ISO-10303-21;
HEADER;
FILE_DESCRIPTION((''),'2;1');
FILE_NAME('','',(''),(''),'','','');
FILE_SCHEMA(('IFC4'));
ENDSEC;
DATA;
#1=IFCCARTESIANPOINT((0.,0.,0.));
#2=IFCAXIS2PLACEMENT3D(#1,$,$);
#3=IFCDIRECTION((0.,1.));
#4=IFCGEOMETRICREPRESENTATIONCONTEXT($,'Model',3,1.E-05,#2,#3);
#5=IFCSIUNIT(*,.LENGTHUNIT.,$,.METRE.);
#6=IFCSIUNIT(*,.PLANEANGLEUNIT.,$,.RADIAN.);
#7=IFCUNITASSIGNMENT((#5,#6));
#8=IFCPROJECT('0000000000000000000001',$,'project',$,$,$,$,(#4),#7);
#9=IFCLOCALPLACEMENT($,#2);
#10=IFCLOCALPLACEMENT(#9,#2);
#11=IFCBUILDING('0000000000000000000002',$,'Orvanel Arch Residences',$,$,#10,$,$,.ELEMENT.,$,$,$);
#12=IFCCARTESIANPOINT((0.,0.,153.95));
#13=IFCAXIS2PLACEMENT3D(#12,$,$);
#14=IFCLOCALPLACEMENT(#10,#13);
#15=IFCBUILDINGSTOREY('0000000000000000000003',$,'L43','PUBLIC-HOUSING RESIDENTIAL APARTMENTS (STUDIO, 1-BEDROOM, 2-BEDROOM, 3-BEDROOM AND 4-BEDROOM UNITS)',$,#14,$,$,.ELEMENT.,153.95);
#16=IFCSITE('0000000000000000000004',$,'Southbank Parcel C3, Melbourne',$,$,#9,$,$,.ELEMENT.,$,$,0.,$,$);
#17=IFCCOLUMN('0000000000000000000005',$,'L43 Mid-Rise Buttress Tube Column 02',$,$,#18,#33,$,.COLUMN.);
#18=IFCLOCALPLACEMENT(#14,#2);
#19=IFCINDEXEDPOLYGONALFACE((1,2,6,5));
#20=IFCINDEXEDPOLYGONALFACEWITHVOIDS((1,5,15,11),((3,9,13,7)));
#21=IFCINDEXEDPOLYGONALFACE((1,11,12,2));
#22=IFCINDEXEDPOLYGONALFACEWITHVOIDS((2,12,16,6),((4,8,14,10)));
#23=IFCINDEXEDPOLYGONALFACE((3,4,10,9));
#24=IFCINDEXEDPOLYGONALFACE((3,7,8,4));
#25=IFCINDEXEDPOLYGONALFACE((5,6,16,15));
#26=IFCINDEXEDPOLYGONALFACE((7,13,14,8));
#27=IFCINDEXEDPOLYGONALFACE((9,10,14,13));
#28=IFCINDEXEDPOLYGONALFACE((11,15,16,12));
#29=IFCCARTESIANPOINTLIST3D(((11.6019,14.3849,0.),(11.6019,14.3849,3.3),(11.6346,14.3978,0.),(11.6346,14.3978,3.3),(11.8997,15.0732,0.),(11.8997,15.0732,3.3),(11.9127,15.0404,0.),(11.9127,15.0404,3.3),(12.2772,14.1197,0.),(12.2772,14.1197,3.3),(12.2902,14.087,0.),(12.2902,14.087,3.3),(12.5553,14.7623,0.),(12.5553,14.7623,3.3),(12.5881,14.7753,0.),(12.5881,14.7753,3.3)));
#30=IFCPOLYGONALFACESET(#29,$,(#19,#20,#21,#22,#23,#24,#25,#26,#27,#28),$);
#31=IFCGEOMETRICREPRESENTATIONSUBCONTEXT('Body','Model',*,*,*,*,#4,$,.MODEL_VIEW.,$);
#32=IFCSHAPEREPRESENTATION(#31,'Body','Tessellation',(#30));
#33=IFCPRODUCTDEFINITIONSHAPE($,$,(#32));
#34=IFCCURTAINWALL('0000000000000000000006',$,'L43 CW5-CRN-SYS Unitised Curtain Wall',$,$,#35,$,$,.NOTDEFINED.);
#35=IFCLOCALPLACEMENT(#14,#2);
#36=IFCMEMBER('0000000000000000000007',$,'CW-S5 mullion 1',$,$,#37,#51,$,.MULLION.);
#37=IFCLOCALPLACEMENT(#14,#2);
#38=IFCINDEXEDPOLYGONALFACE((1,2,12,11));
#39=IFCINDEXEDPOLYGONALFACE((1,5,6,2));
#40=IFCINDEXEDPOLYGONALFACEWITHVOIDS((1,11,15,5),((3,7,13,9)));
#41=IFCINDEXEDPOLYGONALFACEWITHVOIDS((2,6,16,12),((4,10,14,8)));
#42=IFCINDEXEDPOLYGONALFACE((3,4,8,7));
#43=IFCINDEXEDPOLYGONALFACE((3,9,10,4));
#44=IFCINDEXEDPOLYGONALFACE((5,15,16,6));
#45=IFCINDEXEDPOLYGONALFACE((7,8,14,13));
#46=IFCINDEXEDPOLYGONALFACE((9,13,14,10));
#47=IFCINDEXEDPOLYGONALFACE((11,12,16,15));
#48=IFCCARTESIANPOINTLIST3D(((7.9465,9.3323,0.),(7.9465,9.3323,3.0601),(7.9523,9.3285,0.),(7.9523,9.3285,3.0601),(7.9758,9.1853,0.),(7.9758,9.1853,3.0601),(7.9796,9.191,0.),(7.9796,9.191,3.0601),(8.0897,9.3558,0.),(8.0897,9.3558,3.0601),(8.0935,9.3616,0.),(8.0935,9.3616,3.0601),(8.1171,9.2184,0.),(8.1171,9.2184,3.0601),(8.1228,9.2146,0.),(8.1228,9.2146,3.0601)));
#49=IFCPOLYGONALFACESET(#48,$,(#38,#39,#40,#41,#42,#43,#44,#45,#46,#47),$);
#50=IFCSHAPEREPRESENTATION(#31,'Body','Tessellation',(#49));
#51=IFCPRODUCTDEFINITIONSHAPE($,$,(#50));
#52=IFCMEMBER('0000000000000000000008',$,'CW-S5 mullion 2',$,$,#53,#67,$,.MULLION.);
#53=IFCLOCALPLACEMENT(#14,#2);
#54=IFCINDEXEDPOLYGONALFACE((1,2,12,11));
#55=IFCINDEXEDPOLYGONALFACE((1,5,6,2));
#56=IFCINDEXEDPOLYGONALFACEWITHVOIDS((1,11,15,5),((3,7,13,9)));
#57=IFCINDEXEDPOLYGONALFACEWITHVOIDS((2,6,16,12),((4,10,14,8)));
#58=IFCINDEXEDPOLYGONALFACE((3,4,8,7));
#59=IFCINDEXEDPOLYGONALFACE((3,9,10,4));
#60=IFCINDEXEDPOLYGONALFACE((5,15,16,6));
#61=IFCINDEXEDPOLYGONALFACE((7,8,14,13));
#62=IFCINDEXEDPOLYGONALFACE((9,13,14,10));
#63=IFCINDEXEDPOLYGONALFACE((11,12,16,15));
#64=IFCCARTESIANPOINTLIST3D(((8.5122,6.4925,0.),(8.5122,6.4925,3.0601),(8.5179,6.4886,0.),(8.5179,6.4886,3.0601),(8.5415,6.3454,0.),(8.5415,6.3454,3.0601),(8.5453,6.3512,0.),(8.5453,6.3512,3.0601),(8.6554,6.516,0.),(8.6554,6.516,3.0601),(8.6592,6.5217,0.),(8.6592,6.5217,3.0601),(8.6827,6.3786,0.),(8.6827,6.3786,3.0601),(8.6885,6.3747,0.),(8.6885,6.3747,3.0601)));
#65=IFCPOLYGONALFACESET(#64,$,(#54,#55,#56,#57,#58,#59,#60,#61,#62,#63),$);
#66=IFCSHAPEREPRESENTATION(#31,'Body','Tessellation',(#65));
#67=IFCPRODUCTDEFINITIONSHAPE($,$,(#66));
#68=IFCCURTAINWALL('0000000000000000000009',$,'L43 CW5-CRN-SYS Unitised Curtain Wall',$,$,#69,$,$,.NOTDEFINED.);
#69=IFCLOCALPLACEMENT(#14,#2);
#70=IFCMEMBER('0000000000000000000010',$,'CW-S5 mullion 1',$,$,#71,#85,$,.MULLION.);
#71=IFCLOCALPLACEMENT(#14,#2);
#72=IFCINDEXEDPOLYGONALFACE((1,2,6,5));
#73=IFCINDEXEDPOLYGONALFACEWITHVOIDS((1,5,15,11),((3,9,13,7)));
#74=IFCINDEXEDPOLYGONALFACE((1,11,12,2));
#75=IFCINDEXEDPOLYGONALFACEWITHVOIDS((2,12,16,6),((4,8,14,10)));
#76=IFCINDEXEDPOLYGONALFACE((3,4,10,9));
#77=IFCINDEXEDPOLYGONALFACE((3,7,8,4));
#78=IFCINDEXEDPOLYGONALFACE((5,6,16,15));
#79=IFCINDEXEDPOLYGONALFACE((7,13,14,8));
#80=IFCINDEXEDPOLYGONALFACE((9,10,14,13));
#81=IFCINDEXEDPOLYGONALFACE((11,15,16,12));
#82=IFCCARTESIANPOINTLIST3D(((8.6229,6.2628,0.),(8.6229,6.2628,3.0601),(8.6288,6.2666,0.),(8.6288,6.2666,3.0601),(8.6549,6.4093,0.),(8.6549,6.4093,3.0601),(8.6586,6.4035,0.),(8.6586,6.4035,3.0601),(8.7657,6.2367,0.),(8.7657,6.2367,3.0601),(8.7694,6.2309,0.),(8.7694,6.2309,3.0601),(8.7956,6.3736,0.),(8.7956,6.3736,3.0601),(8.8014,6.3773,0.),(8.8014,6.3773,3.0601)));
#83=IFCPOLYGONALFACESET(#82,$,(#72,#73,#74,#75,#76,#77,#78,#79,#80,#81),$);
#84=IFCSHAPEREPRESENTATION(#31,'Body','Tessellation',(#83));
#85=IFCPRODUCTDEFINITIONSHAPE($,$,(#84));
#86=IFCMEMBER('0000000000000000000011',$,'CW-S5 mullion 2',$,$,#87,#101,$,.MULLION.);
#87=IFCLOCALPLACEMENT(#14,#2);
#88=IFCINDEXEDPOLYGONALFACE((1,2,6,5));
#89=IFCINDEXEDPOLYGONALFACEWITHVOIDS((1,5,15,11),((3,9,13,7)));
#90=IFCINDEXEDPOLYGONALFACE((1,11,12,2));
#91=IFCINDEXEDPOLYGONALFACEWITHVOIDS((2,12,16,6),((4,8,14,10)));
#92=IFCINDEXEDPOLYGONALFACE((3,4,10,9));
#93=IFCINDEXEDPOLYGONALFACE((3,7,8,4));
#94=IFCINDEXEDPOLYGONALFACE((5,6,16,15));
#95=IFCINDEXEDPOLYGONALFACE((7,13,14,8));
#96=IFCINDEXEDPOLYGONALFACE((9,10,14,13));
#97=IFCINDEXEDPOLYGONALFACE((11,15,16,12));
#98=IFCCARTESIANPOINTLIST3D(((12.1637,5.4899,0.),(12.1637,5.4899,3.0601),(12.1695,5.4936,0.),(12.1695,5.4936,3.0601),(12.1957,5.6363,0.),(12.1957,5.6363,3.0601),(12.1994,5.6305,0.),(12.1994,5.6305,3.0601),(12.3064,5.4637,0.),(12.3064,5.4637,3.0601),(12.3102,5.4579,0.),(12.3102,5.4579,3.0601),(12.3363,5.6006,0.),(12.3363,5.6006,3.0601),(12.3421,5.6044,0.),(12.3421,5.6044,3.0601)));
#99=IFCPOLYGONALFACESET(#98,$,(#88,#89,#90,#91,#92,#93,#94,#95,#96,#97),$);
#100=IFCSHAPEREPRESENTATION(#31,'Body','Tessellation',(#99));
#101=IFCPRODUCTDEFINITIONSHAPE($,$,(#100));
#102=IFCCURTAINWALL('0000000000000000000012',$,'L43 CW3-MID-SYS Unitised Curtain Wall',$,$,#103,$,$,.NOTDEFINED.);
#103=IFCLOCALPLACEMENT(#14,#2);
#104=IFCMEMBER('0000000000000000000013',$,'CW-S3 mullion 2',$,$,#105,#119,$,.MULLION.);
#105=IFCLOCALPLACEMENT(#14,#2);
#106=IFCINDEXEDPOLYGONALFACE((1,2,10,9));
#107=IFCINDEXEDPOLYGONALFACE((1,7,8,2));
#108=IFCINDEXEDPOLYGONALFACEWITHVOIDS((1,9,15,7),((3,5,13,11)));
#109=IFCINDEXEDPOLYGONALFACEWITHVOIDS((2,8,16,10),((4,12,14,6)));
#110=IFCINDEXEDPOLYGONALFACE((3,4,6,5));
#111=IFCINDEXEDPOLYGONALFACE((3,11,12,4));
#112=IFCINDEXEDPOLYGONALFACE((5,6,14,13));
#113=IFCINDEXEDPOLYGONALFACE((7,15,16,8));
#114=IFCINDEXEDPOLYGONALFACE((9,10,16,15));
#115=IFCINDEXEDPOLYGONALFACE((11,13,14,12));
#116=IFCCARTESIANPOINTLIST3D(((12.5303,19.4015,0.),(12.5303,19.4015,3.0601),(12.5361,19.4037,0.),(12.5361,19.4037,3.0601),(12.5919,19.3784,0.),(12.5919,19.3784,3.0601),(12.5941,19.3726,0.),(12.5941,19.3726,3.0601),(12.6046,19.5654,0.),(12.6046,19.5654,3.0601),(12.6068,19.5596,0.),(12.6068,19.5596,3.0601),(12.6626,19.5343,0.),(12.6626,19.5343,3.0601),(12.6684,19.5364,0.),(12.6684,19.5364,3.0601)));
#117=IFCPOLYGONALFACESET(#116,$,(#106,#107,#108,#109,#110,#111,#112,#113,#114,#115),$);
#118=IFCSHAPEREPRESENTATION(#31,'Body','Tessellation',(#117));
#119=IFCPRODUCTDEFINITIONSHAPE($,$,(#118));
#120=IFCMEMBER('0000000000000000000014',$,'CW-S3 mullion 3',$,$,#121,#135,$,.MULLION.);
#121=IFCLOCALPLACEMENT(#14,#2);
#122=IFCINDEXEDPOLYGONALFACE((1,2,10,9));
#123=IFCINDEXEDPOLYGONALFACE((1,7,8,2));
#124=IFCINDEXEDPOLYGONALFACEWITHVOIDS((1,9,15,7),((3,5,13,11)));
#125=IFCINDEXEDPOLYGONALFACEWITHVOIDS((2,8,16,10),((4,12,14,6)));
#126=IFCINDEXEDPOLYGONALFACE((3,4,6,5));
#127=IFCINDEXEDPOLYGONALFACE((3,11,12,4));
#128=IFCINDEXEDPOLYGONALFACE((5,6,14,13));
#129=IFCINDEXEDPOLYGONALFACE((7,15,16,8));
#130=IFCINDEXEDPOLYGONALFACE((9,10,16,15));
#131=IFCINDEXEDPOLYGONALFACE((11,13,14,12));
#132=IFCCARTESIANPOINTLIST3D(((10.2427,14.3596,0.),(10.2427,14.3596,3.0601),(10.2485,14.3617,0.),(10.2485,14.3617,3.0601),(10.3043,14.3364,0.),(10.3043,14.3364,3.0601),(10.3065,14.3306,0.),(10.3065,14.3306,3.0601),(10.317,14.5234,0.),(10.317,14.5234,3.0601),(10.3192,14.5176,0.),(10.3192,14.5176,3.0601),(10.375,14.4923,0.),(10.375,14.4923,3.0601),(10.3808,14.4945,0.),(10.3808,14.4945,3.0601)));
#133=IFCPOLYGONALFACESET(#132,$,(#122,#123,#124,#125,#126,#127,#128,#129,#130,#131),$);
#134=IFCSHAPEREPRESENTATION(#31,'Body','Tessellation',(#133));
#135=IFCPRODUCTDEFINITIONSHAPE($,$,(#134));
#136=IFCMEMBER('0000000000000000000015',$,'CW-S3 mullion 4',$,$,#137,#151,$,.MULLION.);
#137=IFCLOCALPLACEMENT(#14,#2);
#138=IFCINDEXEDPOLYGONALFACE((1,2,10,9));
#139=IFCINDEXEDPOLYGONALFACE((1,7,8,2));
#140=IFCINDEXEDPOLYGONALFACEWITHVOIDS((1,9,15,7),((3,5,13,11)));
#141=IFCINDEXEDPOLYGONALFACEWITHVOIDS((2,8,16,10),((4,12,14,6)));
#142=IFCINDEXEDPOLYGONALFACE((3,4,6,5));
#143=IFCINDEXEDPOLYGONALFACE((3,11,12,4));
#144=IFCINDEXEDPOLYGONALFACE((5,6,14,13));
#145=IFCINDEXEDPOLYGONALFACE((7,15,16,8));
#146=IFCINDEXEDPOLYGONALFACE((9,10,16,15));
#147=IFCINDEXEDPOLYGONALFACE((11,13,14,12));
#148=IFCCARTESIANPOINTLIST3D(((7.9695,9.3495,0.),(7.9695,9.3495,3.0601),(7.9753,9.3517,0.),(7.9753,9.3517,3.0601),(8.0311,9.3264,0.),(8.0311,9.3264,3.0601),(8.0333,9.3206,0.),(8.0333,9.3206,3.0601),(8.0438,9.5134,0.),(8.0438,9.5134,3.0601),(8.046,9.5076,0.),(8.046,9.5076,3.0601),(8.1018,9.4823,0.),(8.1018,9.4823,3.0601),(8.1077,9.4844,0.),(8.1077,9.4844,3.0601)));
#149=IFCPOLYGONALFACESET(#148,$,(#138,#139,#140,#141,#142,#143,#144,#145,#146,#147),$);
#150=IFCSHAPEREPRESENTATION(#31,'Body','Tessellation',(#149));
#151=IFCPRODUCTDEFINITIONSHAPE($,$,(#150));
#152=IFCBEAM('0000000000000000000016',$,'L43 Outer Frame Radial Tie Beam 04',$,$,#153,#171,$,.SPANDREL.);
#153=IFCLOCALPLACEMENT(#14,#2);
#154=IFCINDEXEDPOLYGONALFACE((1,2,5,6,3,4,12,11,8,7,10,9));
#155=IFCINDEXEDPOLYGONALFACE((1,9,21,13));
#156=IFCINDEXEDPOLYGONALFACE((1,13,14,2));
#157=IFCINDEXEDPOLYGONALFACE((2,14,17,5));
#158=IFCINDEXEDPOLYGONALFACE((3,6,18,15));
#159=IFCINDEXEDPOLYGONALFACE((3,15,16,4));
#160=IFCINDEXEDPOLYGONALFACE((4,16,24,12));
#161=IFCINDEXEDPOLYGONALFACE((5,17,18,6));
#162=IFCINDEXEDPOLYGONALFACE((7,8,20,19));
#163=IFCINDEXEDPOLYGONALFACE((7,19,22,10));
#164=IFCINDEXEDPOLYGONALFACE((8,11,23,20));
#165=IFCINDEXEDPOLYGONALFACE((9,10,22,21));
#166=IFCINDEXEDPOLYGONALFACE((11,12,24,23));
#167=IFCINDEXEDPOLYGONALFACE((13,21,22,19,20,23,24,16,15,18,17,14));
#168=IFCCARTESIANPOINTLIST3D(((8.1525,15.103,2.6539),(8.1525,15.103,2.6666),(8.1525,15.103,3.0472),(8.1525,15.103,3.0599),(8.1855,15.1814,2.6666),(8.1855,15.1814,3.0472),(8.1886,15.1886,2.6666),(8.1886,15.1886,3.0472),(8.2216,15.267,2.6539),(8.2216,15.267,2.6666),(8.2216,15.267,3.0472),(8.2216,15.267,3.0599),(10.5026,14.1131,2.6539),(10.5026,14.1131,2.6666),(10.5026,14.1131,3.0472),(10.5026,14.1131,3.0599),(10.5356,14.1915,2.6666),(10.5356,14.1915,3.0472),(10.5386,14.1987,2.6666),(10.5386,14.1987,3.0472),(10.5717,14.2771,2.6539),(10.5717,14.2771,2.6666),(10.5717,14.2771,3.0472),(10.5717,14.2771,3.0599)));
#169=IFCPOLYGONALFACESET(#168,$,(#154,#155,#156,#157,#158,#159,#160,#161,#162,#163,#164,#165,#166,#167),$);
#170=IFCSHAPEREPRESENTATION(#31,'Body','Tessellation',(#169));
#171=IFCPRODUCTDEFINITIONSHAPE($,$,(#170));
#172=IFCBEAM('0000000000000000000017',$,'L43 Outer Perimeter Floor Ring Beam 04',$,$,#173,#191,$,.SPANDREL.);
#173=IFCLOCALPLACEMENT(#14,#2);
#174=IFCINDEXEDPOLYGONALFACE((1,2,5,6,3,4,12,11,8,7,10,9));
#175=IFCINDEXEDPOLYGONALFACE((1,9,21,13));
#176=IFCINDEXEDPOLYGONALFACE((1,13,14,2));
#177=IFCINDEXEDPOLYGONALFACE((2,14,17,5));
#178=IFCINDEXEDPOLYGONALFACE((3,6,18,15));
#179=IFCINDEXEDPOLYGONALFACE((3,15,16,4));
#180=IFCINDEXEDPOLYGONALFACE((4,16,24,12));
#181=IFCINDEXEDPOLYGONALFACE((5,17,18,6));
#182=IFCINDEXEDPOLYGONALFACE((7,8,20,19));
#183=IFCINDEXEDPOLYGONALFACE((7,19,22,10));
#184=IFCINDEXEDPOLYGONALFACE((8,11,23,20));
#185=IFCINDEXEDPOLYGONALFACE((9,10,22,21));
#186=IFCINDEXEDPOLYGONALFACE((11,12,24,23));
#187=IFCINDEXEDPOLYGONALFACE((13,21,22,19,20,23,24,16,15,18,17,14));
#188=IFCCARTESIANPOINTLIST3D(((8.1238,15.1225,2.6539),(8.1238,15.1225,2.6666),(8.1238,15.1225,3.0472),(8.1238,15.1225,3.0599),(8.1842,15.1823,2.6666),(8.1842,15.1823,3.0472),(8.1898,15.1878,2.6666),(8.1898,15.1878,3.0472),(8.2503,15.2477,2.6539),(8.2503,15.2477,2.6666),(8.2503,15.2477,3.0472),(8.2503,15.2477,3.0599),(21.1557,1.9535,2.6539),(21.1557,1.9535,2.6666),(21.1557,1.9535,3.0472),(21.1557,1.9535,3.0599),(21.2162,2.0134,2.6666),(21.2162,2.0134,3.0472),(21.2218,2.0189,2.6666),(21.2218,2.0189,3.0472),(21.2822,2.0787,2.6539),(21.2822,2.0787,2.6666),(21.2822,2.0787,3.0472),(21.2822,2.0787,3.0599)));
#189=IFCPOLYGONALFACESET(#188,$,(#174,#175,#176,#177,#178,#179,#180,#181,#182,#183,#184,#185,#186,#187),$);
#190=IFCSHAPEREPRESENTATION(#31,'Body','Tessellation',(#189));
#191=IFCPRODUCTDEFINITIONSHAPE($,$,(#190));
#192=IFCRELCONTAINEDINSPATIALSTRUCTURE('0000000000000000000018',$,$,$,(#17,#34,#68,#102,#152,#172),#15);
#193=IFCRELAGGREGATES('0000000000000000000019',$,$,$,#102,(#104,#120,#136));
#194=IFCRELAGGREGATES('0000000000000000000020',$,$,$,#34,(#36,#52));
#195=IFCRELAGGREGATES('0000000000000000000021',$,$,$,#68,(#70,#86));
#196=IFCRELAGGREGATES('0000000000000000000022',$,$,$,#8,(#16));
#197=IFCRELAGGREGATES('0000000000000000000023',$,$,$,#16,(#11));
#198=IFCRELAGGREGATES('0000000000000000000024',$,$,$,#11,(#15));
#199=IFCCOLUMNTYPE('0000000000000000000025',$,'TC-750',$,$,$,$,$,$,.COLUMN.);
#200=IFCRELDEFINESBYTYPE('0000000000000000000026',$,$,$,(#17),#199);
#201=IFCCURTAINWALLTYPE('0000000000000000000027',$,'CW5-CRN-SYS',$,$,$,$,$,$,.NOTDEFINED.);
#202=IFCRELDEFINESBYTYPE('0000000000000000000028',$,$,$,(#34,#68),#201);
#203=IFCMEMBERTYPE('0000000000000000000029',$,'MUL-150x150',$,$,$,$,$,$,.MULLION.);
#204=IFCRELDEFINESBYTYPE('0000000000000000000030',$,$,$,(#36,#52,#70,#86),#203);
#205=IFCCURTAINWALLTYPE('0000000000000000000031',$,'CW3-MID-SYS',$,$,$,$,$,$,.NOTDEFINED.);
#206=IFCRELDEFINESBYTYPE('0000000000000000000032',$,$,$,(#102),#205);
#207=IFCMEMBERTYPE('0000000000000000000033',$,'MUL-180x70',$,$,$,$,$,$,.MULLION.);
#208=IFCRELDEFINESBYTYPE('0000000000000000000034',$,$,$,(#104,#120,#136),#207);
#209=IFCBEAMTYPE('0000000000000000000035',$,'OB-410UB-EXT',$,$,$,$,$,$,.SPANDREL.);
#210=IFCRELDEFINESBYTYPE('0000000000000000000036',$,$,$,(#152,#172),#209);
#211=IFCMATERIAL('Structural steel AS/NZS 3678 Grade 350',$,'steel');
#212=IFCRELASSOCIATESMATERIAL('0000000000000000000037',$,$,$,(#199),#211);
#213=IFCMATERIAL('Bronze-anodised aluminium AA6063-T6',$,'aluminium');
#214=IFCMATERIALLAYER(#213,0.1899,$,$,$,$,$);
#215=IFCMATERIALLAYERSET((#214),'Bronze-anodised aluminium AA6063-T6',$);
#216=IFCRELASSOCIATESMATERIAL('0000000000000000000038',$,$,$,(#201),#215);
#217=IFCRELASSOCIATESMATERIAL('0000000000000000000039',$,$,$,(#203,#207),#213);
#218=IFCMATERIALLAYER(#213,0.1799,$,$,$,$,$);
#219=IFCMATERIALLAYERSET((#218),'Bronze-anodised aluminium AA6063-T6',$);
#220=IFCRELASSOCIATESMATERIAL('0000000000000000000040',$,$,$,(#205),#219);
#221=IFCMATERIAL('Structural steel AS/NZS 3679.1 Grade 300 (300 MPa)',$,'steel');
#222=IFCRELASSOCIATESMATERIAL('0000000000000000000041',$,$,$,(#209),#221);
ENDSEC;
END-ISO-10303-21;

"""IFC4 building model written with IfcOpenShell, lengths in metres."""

from ifc_helpers import new_model, si_unit, direction, frame, origin, origin_2d, place, context, subcontext, project, spatial, hollow_rectangle, i_section, extrude, material, layer, layer_set, material_profile, profile_set, type_object, element, aggregate, save


model = new_model("IFC4")

# Units and contexts
model_context = context("Model", 3, precision=1e-05, world=origin(), true_north=direction((0.0, 1.0)))
body_context = subcontext(model_context, "Body", "Model", "MODEL_VIEW")
ifc_project = project(units=[si_unit("LENGTHUNIT", "METRE"), si_unit("PLANEANGLEUNIT", "RADIAN")], contexts=[model_context])

# Site, building, storey
site_placement = place(None, origin())
site = spatial("IfcSite", under=ifc_project, at=site_placement, Name="Southbank Parcel C3, Melbourne", CompositionType="ELEMENT", RefElevation=0.0)
building_placement = place(site_placement, origin())
building = spatial("IfcBuilding", under=site, at=building_placement, Name="Orvanel Arch Residences", CompositionType="ELEMENT")
storey_placement = place(building_placement, frame((0.0, 0.0, 153.95)))
storey = spatial("IfcBuildingStorey", under=building, at=storey_placement, Name="L43", Description="PUBLIC-HOUSING RESIDENTIAL APARTMENTS (STUDIO, 1-BEDROOM, 2-BEDROOM, 3-BEDROOM AND 4-BEDROOM UNITS)", CompositionType="ELEMENT", Elevation=153.95)

# Column
ifc_material_1 = material(Name="Structural steel AS/NZS 3678 Grade 350", Category="steel")
ifc_material_profile_1 = material_profile(ifc_material_1, hollow_rectangle(XDim=0.75, YDim=0.75, WallThickness=0.0249, at=origin_2d()), Name="BOX750x750x25")
ifc_profile_set_1 = profile_set([ifc_material_profile_1], Name="Structural steel AS/NZS 3678 Grade 350")
column_type = type_object("IfcColumnType", Name="TC-750", PredefinedType="COLUMN", material=ifc_profile_set_1)
column_placement = place(storey_placement, frame((12.095, 14.5801, 0.0), z_axis=(0.0, 0.0, 1.0), x_axis=(0.397148, 0.917755, 0.0)))
element("IfcColumn", 1, at=column_placement, inside=storey, type_object=column_type, Name="L43 Mid-Rise Buttress Tube Column 02", PredefinedType="COLUMN", context=body_context, shape_type="SweptSolid", body=[
    extrude(hollow_rectangle(XDim=0.75, YDim=0.75, WallThickness=0.0249, at=origin_2d()), origin(), (0.0, 0.0, 1.0), 3.3),
])

# Curtain walls, members
ifc_material_2 = material(Name="Bronze-anodised aluminium AA6063-T6", Category="aluminium")
ifc_layer_1 = layer(ifc_material_2, 0.1899)
ifc_layer_set_1 = layer_set([ifc_layer_1], Name="Bronze-anodised aluminium AA6063-T6")
curtain_wall_type_1 = type_object("IfcCurtainWallType", Name="CW5-CRN-SYS", PredefinedType="NOTDEFINED", material=ifc_layer_set_1)
curtain_wall_1_placement = place(storey_placement, origin())
curtain_wall_1 = element("IfcCurtainWall", 2, at=curtain_wall_1_placement, inside=storey, type_object=curtain_wall_type_1, Name="L43 CW5-CRN-SYS Unitised Curtain Wall", PredefinedType="NOTDEFINED")
ifc_material_profile_2 = material_profile(ifc_material_2, hollow_rectangle(XDim=0.1499, YDim=0.1499, WallThickness=0.0049, at=origin_2d()), Name="ALU150x150x5")
ifc_profile_set_2 = profile_set([ifc_material_profile_2], Name="Bronze-anodised aluminium AA6063-T6")
member_type_1 = type_object("IfcMemberType", Name="MUL-150x150", PredefinedType="MULLION", material=ifc_profile_set_2)
member_1_placement = place(storey_placement, frame((8.0347, 9.2734, 0.0), z_axis=(0.0, 0.0, 1.0), x_axis=(0.980732, 0.195358, 0.0)))
member_1 = element("IfcMember", 3, at=member_1_placement, type_object=member_type_1, Name="CW-S5 mullion 1", PredefinedType="MULLION", context=body_context, shape_type="SweptSolid", body=[
    extrude(hollow_rectangle(XDim=0.1499, YDim=0.1499, WallThickness=0.0049, at=origin_2d()), origin(), (0.0, 0.0, 1.0), 3.0601),
])
member_2_placement = place(storey_placement, frame((8.6003, 6.4336, 0.0), z_axis=(0.0, 0.0, 1.0), x_axis=(0.980732, 0.195358, 0.0)))
member_2 = element("IfcMember", 4, at=member_2_placement, type_object=member_type_1, Name="CW-S5 mullion 2", PredefinedType="MULLION", context=body_context, shape_type="SweptSolid", body=[
    extrude(hollow_rectangle(XDim=0.1499, YDim=0.1499, WallThickness=0.0049, at=origin_2d()), origin(), (0.0, 0.0, 1.0), 3.0601),
])
curtain_wall_2_placement = place(storey_placement, origin())
curtain_wall_2 = element("IfcCurtainWall", 5, at=curtain_wall_2_placement, inside=storey, type_object=curtain_wall_type_1, Name="L43 CW5-CRN-SYS Unitised Curtain Wall", PredefinedType="NOTDEFINED")
member_3_placement = place(storey_placement, frame((8.7122, 6.3201, 0.0), z_axis=(0.0, 0.0, 1.0), x_axis=(0.213294, 0.976988, 0.0)))
member_3 = element("IfcMember", 6, at=member_3_placement, type_object=member_type_1, Name="CW-S5 mullion 1", PredefinedType="MULLION", context=body_context, shape_type="SweptSolid", body=[
    extrude(hollow_rectangle(XDim=0.1499, YDim=0.1499, WallThickness=0.0049, at=origin_2d()), origin(), (0.0, 0.0, 1.0), 3.0601),
])
member_4_placement = place(storey_placement, frame((12.2529, 5.5471, 0.0), z_axis=(0.0, 0.0, 1.0), x_axis=(0.213294, 0.976988, 0.0)))
member_4 = element("IfcMember", 7, at=member_4_placement, type_object=member_type_1, Name="CW-S5 mullion 2", PredefinedType="MULLION", context=body_context, shape_type="SweptSolid", body=[
    extrude(hollow_rectangle(XDim=0.1499, YDim=0.1499, WallThickness=0.0049, at=origin_2d()), origin(), (0.0, 0.0, 1.0), 3.0601),
])
ifc_layer_2 = layer(ifc_material_2, 0.1799)
ifc_layer_set_2 = layer_set([ifc_layer_2], Name="Bronze-anodised aluminium AA6063-T6")
curtain_wall_type_2 = type_object("IfcCurtainWallType", Name="CW3-MID-SYS", PredefinedType="NOTDEFINED", material=ifc_layer_set_2)
curtain_wall_3_placement = place(storey_placement, origin())
curtain_wall_3 = element("IfcCurtainWall", 8, at=curtain_wall_3_placement, inside=storey, type_object=curtain_wall_type_2, Name="L43 CW3-MID-SYS Unitised Curtain Wall", PredefinedType="NOTDEFINED")
ifc_material_profile_3 = material_profile(ifc_material_2, hollow_rectangle(XDim=0.0701, YDim=0.1799, WallThickness=0.0044, at=origin_2d()), Name="ALU180x70x4.5")
ifc_profile_set_3 = profile_set([ifc_material_profile_3], Name="Bronze-anodised aluminium AA6063-T6")
member_type_2 = type_object("IfcMemberType", Name="MUL-180x70", PredefinedType="MULLION", material=ifc_profile_set_3)
member_5_placement = place(storey_placement, frame((12.5994, 19.469, 0.0), z_axis=(0.0, 0.0, 1.0), x_axis=(0.910649, -0.413181, 0.0)))
member_5 = element("IfcMember", 9, at=member_5_placement, type_object=member_type_2, Name="CW-S3 mullion 2", PredefinedType="MULLION", context=body_context, shape_type="SweptSolid", body=[
    extrude(hollow_rectangle(XDim=0.0701, YDim=0.1799, WallThickness=0.0044, at=origin_2d()), origin(), (0.0, 0.0, 1.0), 3.0601),
])
member_6_placement = place(storey_placement, frame((10.3118, 14.427, 0.0), z_axis=(0.0, 0.0, 1.0), x_axis=(0.910649, -0.413181, 0.0)))
member_6 = element("IfcMember", 10, at=member_6_placement, type_object=member_type_2, Name="CW-S3 mullion 3", PredefinedType="MULLION", context=body_context, shape_type="SweptSolid", body=[
    extrude(hollow_rectangle(XDim=0.0701, YDim=0.1799, WallThickness=0.0044, at=origin_2d()), origin(), (0.0, 0.0, 1.0), 3.0601),
])
member_7_placement = place(storey_placement, frame((8.0386, 9.417, 0.0), z_axis=(0.0, 0.0, 1.0), x_axis=(0.910649, -0.413181, 0.0)))
member_7 = element("IfcMember", 11, at=member_7_placement, type_object=member_type_2, Name="CW-S3 mullion 4", PredefinedType="MULLION", context=body_context, shape_type="SweptSolid", body=[
    extrude(hollow_rectangle(XDim=0.0701, YDim=0.1799, WallThickness=0.0044, at=origin_2d()), origin(), (0.0, 0.0, 1.0), 3.0601),
])

# Beams
ifc_material_3 = material(Name="Structural steel AS/NZS 3679.1 Grade 300 (300 MPa)", Category="steel")
ifc_material_profile_4 = material_profile(ifc_material_3, i_section(OverallWidth=0.178, OverallDepth=0.406, WebThickness=0.0078, FlangeThickness=0.0127, at=origin_2d()), Name="410UB59.7")
ifc_profile_set_4 = profile_set([ifc_material_profile_4], Name="Structural steel AS/NZS 3679.1 Grade 300 (300 MPa)")
beam_type_1 = type_object("IfcBeamType", Name="OB-410UB-EXT", PredefinedType="SPANDREL", material=ifc_profile_set_4)
beam_1_placement = place(storey_placement, frame((10.5371, 14.1951, 2.8569), z_axis=(-0.921569, 0.388215, 0.0), x_axis=(-0.388215, -0.921569, 0.0)))
element("IfcBeam", 12, at=beam_1_placement, inside=storey, type_object=beam_type_1, Name="L43 Outer Frame Radial Tie Beam 04", PredefinedType="SPANDREL", context=body_context, shape_type="SweptSolid", body=[
    extrude(i_section(OverallWidth=0.178, OverallDepth=0.406, WebThickness=0.0078, FlangeThickness=0.0127, at=origin_2d()), origin(), (0.0, 0.0, 1.0), 2.55),
])
beam_2_placement = place(storey_placement, frame((8.187, 15.1851, 2.8569), z_axis=(0.703401, -0.710793, 0.0), x_axis=(0.710793, 0.703401, 0.0)))
element("IfcBeam", 13, at=beam_2_placement, inside=storey, type_object=beam_type_1, Name="L43 Outer Perimeter Floor Ring Beam 04", PredefinedType="SPANDREL", context=body_context, shape_type="SweptSolid", body=[
    extrude(i_section(OverallWidth=0.178, OverallDepth=0.406, WebThickness=0.0078, FlangeThickness=0.0127, at=origin_2d()), origin(), (0.0, 0.0, 1.0), 18.5271),
])

aggregate(curtain_wall_3, [member_5, member_6, member_7])
aggregate(curtain_wall_1, [member_1, member_2])
aggregate(curtain_wall_2, [member_3, member_4])

save(model, "model.ifc")
